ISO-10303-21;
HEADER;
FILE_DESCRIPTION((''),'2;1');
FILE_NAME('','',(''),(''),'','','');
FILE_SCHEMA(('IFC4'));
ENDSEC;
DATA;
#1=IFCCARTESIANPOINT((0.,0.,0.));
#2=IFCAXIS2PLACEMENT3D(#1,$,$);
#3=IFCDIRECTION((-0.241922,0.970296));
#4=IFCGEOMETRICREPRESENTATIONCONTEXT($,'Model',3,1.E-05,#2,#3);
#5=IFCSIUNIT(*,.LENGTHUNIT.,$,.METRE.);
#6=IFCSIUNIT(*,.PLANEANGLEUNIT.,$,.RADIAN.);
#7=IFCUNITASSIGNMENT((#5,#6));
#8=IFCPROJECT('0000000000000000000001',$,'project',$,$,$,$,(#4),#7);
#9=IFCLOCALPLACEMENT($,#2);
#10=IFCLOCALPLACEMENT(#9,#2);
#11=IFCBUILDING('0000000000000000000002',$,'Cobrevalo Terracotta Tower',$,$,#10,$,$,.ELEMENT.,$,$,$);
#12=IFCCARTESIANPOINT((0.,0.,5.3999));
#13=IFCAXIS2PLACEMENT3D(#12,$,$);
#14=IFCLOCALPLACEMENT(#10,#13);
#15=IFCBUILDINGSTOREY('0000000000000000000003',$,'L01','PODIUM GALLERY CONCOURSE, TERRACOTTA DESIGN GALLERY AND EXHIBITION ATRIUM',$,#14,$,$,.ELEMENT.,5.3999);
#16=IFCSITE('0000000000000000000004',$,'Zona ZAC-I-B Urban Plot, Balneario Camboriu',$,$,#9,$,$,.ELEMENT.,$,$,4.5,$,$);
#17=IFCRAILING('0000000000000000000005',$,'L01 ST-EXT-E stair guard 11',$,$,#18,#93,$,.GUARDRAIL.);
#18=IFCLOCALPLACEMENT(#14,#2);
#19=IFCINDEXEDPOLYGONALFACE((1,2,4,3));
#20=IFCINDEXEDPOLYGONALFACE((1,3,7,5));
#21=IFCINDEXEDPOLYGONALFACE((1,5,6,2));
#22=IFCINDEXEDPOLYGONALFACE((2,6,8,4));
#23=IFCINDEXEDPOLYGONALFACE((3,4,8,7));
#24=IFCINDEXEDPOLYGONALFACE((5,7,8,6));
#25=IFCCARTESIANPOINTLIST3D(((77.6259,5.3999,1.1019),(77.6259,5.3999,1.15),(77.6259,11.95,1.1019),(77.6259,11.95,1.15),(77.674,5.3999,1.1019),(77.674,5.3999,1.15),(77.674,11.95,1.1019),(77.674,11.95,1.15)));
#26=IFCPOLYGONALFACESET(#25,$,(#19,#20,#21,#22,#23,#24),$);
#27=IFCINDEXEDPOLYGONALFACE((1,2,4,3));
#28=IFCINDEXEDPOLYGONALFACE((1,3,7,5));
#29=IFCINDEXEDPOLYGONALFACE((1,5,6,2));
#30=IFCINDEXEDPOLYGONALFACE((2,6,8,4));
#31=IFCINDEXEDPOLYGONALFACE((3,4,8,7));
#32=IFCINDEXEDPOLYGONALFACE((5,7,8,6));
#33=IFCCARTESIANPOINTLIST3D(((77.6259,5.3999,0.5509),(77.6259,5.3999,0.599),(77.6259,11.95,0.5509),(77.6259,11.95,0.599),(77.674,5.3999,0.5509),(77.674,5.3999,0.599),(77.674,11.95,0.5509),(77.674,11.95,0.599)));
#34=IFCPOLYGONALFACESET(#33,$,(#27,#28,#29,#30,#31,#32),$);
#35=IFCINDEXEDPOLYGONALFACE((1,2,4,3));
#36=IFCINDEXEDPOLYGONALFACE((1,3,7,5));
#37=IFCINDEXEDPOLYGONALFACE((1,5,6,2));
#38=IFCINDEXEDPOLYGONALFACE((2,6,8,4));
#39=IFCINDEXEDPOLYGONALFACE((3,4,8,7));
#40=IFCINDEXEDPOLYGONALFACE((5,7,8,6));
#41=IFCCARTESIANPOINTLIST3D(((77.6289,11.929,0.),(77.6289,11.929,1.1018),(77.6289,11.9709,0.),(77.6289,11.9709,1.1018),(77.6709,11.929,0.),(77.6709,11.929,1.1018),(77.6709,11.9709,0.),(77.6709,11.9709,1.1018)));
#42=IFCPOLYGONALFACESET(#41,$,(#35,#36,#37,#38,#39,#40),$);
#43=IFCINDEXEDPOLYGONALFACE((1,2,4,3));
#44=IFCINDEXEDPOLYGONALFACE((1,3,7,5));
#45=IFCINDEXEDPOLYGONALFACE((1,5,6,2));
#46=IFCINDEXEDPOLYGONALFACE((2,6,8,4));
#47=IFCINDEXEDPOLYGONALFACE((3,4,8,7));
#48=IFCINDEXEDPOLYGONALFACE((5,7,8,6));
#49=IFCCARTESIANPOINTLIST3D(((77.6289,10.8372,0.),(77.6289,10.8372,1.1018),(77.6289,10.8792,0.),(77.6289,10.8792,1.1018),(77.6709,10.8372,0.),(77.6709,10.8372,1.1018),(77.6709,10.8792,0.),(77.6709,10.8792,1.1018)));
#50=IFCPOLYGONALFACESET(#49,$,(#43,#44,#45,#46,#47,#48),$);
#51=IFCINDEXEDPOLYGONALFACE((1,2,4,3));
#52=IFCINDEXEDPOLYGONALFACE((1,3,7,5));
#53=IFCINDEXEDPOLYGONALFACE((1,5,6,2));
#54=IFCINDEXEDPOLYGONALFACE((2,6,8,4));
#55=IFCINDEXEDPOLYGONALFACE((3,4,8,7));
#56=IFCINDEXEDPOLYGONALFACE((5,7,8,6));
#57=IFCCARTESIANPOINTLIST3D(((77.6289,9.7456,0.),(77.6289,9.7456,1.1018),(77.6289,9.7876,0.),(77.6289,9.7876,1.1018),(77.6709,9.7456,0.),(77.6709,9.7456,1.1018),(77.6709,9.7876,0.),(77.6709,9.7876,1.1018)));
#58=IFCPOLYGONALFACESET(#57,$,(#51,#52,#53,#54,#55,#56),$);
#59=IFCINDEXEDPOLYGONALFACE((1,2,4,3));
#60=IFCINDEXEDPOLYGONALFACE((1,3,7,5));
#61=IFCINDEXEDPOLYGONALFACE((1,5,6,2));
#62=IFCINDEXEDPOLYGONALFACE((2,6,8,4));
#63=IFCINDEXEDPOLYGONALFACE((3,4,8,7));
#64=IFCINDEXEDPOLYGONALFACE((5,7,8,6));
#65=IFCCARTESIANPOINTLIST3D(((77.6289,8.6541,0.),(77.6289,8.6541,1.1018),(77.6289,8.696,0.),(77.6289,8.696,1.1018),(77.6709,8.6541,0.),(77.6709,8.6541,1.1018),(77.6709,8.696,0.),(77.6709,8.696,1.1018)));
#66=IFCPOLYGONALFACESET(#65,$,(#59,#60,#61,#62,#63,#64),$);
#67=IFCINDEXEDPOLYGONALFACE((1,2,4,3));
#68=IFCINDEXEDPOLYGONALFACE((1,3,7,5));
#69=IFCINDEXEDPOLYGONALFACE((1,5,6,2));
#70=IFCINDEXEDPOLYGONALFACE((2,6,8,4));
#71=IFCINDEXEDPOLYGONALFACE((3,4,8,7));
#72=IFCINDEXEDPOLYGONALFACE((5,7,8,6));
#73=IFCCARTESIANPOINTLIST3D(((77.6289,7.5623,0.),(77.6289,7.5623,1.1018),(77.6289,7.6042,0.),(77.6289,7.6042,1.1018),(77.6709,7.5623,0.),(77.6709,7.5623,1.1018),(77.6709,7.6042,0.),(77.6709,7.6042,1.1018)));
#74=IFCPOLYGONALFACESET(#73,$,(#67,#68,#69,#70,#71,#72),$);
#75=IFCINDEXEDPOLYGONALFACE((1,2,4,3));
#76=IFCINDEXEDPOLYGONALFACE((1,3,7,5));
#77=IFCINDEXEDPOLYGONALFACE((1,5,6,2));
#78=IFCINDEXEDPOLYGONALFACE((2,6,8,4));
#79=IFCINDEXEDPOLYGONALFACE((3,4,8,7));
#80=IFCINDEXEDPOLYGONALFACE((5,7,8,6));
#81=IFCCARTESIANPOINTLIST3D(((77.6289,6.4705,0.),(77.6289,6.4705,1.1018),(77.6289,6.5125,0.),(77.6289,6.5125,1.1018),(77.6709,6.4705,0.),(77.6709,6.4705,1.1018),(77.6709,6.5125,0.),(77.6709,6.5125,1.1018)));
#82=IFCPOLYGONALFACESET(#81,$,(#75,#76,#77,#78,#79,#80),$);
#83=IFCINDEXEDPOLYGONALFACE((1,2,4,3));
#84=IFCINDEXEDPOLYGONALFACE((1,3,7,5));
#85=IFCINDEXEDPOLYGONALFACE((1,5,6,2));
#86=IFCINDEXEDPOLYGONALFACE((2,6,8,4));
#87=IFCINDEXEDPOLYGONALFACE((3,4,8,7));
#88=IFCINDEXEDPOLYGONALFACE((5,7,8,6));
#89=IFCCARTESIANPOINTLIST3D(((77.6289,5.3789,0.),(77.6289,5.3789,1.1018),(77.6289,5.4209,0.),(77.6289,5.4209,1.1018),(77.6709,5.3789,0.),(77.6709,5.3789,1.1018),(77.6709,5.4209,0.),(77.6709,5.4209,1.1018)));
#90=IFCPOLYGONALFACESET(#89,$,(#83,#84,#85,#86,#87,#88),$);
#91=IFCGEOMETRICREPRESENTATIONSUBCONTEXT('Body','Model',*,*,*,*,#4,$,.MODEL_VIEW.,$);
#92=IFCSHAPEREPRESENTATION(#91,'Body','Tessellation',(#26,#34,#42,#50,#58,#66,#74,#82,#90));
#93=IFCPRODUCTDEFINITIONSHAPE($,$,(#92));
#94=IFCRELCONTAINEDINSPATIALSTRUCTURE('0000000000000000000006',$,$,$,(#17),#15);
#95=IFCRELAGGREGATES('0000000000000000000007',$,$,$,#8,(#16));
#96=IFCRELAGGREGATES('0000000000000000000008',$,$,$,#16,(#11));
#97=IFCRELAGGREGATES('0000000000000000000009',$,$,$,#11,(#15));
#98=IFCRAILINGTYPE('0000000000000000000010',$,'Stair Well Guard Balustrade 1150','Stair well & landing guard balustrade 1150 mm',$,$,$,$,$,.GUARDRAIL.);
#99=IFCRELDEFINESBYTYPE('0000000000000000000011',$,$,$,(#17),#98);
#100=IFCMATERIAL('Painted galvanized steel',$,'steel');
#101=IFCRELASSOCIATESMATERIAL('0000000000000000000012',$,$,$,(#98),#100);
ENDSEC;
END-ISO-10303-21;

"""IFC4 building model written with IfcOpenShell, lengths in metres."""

from ifc_helpers import new_model, si_unit, direction, frame, origin, origin_2d, place, context, subcontext, project, spatial, rectangle, extrude, material, type_object, element, save


model = new_model("IFC4")

# Units and contexts
model_context = context("Model", 3, precision=1e-05, world=origin(), true_north=direction((-0.241922, 0.970296)))
body_context = subcontext(model_context, "Body", "Model", "MODEL_VIEW")
ifc_project = project(units=[si_unit("LENGTHUNIT", "METRE"), si_unit("PLANEANGLEUNIT", "RADIAN")], contexts=[model_context])

# Site, building, storey
site_placement = place(None, origin())
site = spatial("IfcSite", under=ifc_project, at=site_placement, Name="Zona ZAC-I-B Urban Plot, Balneario Camboriu", CompositionType="ELEMENT", RefElevation=4.5)
building_placement = place(site_placement, origin())
building = spatial("IfcBuilding", under=site, at=building_placement, Name="Cobrevalo Terracotta Tower", CompositionType="ELEMENT")
storey_placement = place(building_placement, frame((0.0, 0.0, 5.3999)))
storey = spatial("IfcBuildingStorey", under=building, at=storey_placement, Name="L01", Description="PODIUM GALLERY CONCOURSE, TERRACOTTA DESIGN GALLERY AND EXHIBITION ATRIUM", CompositionType="ELEMENT", Elevation=5.3999)

# Railing
ifc_material_1 = material(Name="Painted galvanized steel", Category="steel")
railing_type_1 = type_object("IfcRailingType", Name="Stair Well Guard Balustrade 1150", Description="Stair well & landing guard balustrade 1150 mm", PredefinedType="GUARDRAIL", material=ifc_material_1)
for number, where, name in (
    (1, (77.6499, 11.95, 0.0), "L01 ST-EXT-E stair guard 11"),
):
    element("IfcRailing", number, at=place(storey_placement, frame(where)), inside=storey, type_object=railing_type_1, Name=name, PredefinedType="GUARDRAIL", context=body_context, shape_type="SweptSolid", body=[
        extrude(rectangle(XDim=0.0481, YDim=0.0481, at=origin_2d()), frame((0.0, 0.0, 1.126), z_axis=(0.0, -1.0, 0.0), x_axis=(1.0, 0.0, 0.0)), (0.0, 0.0, 1.0), 6.55),
        extrude(rectangle(XDim=0.0481, YDim=0.0481, at=origin_2d()), frame((0.0, 0.0, 0.575), z_axis=(0.0, -1.0, 0.0), x_axis=(1.0, 0.0, 0.0)), (0.0, 0.0, 1.0), 6.55),
        extrude(rectangle(XDim=0.042, YDim=0.042, at=origin_2d()), origin(), (0.0, 0.0, 1.0), 1.1018),
        extrude(rectangle(XDim=0.042, YDim=0.042, at=origin_2d()), frame((0.0, -1.0918, 0.0)), (0.0, 0.0, 1.0), 1.1018),
        extrude(rectangle(XDim=0.042, YDim=0.042, at=origin_2d()), frame((0.0, -2.1833, 0.0)), (0.0, 0.0, 1.0), 1.1018),
        extrude(rectangle(XDim=0.042, YDim=0.042, at=origin_2d()), frame((0.0, -3.2749, 0.0)), (0.0, 0.0, 1.0), 1.1018),
        extrude(rectangle(XDim=0.042, YDim=0.042, at=origin_2d()), frame((0.0, -4.3667, 0.0)), (0.0, 0.0, 1.0), 1.1018),
        extrude(rectangle(XDim=0.042, YDim=0.042, at=origin_2d()), frame((0.0, -5.4585, 0.0)), (0.0, 0.0, 1.0), 1.1018),
        extrude(rectangle(XDim=0.042, YDim=0.042, at=origin_2d()), frame((0.0, -6.55, 0.0)), (0.0, 0.0, 1.0), 1.1018),
    ])

save(model, "model.ifc")
